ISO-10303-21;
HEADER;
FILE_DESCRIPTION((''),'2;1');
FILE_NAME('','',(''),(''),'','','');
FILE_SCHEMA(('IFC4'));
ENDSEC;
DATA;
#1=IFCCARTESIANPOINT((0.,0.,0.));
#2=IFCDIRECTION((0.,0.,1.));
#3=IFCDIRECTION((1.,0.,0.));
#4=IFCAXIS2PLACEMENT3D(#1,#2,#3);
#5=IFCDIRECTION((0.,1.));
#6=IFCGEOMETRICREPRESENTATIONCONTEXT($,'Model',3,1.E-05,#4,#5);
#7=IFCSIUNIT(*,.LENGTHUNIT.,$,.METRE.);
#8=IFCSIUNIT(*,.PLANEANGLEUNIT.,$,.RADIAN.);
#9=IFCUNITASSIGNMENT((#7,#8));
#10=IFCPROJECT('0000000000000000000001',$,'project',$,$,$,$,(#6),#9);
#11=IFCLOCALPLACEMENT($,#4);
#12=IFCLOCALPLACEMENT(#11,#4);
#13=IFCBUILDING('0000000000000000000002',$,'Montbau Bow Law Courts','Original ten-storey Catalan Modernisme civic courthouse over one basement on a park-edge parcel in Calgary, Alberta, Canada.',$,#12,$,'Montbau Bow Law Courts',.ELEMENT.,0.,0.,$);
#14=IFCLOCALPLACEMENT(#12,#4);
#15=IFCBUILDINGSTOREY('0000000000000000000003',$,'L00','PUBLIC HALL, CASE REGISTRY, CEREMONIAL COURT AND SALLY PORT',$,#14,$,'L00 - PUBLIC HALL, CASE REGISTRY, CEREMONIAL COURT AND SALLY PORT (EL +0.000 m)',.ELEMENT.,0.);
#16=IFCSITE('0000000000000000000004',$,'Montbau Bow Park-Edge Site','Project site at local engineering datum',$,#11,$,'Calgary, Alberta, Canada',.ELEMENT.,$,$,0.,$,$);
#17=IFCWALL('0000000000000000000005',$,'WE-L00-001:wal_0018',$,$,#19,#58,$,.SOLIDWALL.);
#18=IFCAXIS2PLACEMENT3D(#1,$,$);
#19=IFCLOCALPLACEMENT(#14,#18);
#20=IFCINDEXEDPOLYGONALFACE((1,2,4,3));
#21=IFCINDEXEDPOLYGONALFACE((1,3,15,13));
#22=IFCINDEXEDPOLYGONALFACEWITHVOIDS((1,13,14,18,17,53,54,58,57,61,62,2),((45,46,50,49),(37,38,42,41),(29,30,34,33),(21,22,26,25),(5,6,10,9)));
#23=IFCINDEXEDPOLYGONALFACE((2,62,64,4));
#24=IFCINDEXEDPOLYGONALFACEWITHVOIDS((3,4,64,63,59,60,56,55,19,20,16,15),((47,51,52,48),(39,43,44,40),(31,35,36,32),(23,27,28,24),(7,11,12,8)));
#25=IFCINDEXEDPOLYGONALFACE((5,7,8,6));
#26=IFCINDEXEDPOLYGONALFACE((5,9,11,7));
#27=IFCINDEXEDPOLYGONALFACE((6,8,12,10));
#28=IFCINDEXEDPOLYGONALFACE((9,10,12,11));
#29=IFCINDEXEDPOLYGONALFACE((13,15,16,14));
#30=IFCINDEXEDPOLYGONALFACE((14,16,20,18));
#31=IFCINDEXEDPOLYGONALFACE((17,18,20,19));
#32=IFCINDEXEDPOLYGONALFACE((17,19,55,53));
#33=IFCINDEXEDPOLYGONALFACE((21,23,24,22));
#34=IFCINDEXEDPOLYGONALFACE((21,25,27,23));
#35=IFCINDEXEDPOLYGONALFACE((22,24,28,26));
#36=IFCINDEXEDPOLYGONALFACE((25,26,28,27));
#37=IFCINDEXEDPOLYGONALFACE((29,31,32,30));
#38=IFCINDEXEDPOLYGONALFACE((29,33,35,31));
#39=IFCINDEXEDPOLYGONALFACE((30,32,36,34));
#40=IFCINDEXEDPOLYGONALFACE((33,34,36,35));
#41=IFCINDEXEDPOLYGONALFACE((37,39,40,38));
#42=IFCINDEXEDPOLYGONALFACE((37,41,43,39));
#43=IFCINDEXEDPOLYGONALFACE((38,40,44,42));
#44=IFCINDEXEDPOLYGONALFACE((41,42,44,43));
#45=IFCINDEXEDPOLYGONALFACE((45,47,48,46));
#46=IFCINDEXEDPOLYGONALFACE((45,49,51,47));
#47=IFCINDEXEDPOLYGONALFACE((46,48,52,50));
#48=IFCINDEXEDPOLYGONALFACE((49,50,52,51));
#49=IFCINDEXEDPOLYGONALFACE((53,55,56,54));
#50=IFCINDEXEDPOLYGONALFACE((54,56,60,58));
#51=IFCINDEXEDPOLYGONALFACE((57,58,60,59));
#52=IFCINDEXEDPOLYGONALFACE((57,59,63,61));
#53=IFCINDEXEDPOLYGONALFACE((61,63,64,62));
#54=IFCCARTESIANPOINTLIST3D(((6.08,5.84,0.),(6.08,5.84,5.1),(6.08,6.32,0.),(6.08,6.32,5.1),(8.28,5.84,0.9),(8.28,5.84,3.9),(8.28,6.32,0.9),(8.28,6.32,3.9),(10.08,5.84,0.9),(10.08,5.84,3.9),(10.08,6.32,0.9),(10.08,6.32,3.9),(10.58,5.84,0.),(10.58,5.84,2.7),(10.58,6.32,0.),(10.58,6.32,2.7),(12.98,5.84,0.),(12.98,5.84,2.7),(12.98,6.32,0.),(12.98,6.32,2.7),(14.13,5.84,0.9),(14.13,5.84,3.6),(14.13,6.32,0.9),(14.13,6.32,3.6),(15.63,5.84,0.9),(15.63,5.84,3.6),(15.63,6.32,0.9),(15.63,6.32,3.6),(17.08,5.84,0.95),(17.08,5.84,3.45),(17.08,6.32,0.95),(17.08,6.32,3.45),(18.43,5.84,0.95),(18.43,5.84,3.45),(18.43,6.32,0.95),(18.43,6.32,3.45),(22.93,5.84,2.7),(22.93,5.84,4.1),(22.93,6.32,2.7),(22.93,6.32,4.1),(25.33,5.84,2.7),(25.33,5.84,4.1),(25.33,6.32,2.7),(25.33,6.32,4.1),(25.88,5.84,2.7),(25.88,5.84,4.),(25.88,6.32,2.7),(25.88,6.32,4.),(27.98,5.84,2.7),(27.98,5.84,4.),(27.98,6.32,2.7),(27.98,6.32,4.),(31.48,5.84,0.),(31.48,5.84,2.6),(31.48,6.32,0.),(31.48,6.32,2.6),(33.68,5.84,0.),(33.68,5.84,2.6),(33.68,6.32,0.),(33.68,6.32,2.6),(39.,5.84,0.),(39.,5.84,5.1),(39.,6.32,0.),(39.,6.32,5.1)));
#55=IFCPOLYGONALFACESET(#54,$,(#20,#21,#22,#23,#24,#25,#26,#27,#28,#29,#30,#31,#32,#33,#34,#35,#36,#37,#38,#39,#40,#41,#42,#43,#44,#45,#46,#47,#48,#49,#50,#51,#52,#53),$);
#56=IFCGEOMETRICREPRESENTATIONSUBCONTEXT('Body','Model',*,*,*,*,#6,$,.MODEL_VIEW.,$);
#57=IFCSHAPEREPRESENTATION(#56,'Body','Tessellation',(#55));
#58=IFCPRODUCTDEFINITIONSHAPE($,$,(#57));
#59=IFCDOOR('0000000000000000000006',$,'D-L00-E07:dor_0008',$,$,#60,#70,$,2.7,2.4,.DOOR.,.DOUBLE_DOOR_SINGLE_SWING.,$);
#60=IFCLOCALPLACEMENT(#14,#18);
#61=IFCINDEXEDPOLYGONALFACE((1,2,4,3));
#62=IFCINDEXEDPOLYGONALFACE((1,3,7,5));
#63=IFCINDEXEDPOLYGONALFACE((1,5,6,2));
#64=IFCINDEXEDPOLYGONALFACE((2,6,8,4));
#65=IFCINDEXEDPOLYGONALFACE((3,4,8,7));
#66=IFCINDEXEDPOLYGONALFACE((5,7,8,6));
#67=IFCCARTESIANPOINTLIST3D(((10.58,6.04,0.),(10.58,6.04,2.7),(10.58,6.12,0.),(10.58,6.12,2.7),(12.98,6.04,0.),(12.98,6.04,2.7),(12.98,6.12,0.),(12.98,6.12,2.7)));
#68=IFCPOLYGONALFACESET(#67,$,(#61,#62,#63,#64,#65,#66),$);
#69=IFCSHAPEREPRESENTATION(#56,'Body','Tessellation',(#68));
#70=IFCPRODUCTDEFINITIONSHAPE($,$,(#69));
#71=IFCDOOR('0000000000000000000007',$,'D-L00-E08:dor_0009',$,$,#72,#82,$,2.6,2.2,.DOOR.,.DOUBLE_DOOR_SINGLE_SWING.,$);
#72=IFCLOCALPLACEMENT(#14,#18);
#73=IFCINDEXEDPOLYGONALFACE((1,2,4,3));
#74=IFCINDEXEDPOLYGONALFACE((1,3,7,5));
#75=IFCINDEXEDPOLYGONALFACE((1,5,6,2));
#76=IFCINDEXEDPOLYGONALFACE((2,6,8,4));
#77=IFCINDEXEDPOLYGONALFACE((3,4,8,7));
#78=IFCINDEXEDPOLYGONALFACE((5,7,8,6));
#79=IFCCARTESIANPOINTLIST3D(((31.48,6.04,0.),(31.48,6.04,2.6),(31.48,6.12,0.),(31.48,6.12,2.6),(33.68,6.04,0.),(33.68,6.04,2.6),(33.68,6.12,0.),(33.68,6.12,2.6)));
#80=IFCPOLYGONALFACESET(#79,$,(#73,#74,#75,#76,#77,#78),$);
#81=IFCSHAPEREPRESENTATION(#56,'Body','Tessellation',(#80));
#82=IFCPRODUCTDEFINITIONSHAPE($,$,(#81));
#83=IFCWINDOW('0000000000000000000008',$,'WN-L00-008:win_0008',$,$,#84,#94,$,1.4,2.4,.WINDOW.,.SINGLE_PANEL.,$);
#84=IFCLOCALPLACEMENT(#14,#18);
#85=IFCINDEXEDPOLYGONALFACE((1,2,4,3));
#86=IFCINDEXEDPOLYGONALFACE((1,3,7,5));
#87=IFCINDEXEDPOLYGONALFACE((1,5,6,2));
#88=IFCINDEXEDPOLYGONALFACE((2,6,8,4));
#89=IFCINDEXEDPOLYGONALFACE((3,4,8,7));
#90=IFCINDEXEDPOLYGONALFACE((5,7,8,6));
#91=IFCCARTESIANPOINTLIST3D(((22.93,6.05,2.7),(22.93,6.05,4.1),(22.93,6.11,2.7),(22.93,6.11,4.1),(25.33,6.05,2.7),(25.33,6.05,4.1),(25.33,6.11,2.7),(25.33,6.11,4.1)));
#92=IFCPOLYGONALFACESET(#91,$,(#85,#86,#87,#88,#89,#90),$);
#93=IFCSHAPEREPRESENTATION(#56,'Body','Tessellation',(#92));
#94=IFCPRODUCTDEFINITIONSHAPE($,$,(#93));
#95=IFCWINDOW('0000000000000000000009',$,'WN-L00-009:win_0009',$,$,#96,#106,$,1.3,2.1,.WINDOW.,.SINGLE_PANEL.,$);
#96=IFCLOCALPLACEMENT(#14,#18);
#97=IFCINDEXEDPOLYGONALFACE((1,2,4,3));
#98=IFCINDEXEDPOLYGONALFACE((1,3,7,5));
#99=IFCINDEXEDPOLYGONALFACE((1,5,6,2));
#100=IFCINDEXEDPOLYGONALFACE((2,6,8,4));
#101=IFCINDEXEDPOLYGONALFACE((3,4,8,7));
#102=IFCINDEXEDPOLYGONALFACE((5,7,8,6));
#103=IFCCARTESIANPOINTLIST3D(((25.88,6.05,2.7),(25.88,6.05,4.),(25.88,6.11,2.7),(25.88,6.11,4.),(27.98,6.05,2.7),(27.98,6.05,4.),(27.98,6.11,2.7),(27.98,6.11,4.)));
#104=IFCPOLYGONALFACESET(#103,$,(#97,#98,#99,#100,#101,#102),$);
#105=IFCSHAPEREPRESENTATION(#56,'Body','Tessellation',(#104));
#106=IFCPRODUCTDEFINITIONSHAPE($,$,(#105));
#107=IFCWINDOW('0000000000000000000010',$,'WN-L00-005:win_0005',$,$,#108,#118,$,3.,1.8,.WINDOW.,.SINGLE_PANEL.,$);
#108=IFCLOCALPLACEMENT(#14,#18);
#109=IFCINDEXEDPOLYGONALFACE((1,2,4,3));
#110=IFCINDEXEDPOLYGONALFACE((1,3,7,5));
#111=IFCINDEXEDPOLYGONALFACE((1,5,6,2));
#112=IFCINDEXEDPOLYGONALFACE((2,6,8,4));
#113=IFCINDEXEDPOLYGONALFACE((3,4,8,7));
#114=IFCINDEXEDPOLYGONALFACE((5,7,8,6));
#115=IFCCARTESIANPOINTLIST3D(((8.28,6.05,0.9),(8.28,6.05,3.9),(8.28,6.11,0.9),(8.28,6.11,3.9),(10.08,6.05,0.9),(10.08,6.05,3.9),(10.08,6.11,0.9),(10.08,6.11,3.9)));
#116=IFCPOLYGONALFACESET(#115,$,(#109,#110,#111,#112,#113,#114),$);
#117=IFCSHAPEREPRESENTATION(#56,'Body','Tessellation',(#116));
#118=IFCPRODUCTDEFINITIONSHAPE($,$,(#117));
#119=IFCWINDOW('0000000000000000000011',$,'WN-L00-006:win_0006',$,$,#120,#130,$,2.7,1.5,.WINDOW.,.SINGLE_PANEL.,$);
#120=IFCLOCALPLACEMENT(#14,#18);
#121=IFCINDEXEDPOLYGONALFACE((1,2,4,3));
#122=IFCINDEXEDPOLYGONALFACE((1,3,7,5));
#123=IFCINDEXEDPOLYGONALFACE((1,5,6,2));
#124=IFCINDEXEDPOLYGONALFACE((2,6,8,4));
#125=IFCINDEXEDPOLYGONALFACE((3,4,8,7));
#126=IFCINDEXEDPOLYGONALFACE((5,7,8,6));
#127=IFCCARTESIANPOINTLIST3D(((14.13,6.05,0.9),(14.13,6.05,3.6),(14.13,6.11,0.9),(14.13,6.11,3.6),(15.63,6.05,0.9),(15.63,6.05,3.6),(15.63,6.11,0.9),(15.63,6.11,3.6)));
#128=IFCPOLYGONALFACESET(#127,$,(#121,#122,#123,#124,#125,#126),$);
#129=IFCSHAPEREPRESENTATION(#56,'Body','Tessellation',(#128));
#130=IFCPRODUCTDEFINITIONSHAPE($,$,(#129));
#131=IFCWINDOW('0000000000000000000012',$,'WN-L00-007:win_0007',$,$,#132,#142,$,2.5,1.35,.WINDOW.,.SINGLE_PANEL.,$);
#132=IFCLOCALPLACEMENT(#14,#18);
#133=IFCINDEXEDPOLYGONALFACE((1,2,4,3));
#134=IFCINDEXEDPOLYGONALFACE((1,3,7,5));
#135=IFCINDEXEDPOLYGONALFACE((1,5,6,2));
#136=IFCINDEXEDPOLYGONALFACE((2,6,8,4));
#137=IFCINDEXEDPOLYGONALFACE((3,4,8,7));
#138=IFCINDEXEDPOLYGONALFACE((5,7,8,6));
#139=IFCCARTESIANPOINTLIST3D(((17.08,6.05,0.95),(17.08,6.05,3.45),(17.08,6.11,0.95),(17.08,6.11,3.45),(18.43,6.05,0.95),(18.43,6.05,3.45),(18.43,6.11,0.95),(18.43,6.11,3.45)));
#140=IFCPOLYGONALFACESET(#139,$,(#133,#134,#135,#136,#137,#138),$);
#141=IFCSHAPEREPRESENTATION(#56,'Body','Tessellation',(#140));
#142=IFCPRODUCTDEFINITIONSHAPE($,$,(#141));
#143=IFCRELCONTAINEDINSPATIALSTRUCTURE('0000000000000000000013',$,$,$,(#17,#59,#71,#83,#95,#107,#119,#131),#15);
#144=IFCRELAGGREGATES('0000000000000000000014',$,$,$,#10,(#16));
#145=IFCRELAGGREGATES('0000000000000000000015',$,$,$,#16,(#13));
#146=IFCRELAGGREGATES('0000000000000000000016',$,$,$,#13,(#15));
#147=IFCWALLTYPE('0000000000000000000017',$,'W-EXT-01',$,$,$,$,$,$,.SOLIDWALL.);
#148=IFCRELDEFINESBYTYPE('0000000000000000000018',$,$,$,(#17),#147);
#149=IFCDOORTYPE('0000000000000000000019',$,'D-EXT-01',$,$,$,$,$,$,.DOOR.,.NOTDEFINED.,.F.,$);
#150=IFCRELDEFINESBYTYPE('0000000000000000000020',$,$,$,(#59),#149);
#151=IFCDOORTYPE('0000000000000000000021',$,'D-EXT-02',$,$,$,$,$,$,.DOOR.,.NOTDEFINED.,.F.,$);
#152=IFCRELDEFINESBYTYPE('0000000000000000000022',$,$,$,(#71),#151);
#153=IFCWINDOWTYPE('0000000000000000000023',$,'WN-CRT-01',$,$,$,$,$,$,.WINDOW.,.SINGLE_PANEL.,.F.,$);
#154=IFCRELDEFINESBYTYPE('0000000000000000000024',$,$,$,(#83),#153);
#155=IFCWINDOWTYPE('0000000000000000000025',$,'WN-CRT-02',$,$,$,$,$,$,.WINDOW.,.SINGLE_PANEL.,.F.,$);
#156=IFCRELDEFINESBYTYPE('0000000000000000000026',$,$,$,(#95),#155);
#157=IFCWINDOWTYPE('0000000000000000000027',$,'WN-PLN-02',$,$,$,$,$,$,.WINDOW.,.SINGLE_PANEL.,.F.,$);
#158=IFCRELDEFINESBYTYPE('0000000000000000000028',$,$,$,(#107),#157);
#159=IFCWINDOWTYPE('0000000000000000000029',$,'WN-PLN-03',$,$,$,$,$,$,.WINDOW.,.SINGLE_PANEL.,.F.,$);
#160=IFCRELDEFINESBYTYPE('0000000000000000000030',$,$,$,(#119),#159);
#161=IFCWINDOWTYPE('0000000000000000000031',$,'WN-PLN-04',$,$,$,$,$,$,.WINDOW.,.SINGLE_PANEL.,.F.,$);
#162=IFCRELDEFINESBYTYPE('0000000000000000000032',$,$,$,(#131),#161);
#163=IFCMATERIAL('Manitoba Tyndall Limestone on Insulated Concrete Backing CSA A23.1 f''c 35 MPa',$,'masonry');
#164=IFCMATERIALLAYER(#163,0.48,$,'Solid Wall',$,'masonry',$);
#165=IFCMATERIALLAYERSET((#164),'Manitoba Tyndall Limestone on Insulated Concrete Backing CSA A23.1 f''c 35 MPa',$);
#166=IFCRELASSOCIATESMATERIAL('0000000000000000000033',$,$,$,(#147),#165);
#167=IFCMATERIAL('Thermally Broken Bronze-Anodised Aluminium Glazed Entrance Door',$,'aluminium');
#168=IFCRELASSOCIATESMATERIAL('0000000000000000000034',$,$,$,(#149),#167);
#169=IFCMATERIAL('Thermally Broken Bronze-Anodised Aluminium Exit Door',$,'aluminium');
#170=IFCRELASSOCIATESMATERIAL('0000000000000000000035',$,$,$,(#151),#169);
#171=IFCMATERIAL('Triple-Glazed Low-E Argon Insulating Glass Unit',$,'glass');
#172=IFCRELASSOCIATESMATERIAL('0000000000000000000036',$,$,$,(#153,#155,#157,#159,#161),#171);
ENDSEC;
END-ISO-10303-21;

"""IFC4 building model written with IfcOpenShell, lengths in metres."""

from ifc_helpers import new_model, si_unit, direction, frame, frame_2d, origin_with_axes, place, context, subcontext, project, spatial, rectangle, extrude, material, layer, layer_set, type_object, element, fill, save


model = new_model("IFC4")

# Units and contexts
model_context = context("Model", 3, precision=1e-05, world=origin_with_axes(), true_north=direction((0.0, 1.0)))
body_context = subcontext(model_context, "Body", "Model", "MODEL_VIEW")
ifc_project = project(units=[si_unit("LENGTHUNIT", "METRE"), si_unit("PLANEANGLEUNIT", "RADIAN")], contexts=[model_context])

# Site, building, storey
site_placement = place(None, origin_with_axes())
site = spatial("IfcSite", under=ifc_project, at=site_placement, Name="Montbau Bow Park-Edge Site", Description="Project site at local engineering datum", LongName="Calgary, Alberta, Canada", CompositionType="ELEMENT", RefElevation=0.0)
building_placement = place(site_placement, origin_with_axes())
building = spatial("IfcBuilding", under=site, at=building_placement, Name="Montbau Bow Law Courts", Description="Original ten-storey Catalan Modernisme civic courthouse over one basement on a park-edge parcel in Calgary, Alberta, Canada.", LongName="Montbau Bow Law Courts", CompositionType="ELEMENT", ElevationOfRefHeight=0.0, ElevationOfTerrain=0.0)
storey_placement = place(building_placement, origin_with_axes())
storey = spatial("IfcBuildingStorey", under=building, at=storey_placement, Name="L00", Description="PUBLIC HALL, CASE REGISTRY, CEREMONIAL COURT AND SALLY PORT", LongName="L00 - PUBLIC HALL, CASE REGISTRY, CEREMONIAL COURT AND SALLY PORT (EL +0.000 m)", CompositionType="ELEMENT", Elevation=0.0)

# Wall, openings, doors, windows
ifc_material_1 = material(Name="Manitoba Tyndall Limestone on Insulated Concrete Backing CSA A23.1 f'c 35 MPa", Category="masonry")
ifc_layer_1 = layer(ifc_material_1, 0.48, Name="Solid Wall", Category="masonry")
ifc_layer_set_1 = layer_set([ifc_layer_1], Name="Manitoba Tyndall Limestone on Insulated Concrete Backing CSA A23.1 f'c 35 MPa")
wall_type_1 = type_object("IfcWallType", Name="W-EXT-01", PredefinedType="SOLIDWALL", material=ifc_layer_set_1)
wall_1_placement = place(None, frame((6.08, 6.08, 0.0), z_axis=(0.0, 0.0, 1.0), x_axis=(1.0, 0.0, 0.0)))
wall_1 = element("IfcWall", 1, at=wall_1_placement, inside=storey, type_object=wall_type_1, Name="WE-L00-001:wal_0018", PredefinedType="SOLIDWALL", context=body_context, shape_type="SweptSolid", body=[
    extrude(rectangle(XDim=32.92, YDim=0.48, at=frame_2d((16.46, 0.0), x_axis=(1.0, 0.0))), origin_with_axes(), (0.0, 0.0, 1.0), 5.1),
])
opening_1_placement = place(None, frame((11.78, 6.08, 0.0), z_axis=(0.0, 0.0, 1.0), x_axis=(1.0, 0.0, 0.0)))
opening_1 = element("IfcOpeningElement", 2, at=opening_1_placement, cuts=wall_1, PredefinedType="OPENING", context=body_context, shape_type="SweptSolid", body=[
    extrude(rectangle(XDim=2.4, YDim=2.7, at=frame_2d((0.0, 1.35), x_axis=(1.0, 0.0))), frame((0.0, 0.25, 0.0), z_axis=(0.0, -1.0, 0.0), x_axis=(1.0, 0.0, 0.0)), (0.0, 0.0, 1.0), 0.5),
])
opening_2_placement = place(None, frame((32.58, 6.08, 0.0), z_axis=(0.0, 0.0, 1.0), x_axis=(1.0, 0.0, 0.0)))
opening_2 = element("IfcOpeningElement", 3, at=opening_2_placement, cuts=wall_1, PredefinedType="OPENING", context=body_context, shape_type="SweptSolid", body=[
    extrude(rectangle(XDim=2.2, YDim=2.6, at=frame_2d((0.0, 1.3), x_axis=(1.0, 0.0))), frame((0.0, 0.25, 0.0), z_axis=(0.0, -1.0, 0.0), x_axis=(1.0, 0.0, 0.0)), (0.0, 0.0, 1.0), 0.5),
])
opening_3_placement = place(None, frame((9.18, 6.08, 0.9), z_axis=(0.0, 0.0, 1.0), x_axis=(1.0, 0.0, 0.0)))
opening_3 = element("IfcOpeningElement", 4, at=opening_3_placement, cuts=wall_1, PredefinedType="OPENING", context=body_context, shape_type="SweptSolid", body=[
    extrude(rectangle(XDim=1.8, YDim=3.0, at=frame_2d((0.0, 1.5), x_axis=(1.0, 0.0))), frame((0.0, 0.25, 0.0), z_axis=(0.0, -1.0, 0.0), x_axis=(1.0, 0.0, 0.0)), (0.0, 0.0, 1.0), 0.5),
])
opening_4_placement = place(None, frame((14.88, 6.08, 0.9), z_axis=(0.0, 0.0, 1.0), x_axis=(1.0, 0.0, 0.0)))
opening_4 = element("IfcOpeningElement", 5, at=opening_4_placement, cuts=wall_1, PredefinedType="OPENING", context=body_context, shape_type="SweptSolid", body=[
    extrude(rectangle(XDim=1.5, YDim=2.7, at=frame_2d((0.0, 1.35), x_axis=(1.0, 0.0))), frame((0.0, 0.25, 0.0), z_axis=(0.0, -1.0, 0.0), x_axis=(1.0, 0.0, 0.0)), (0.0, 0.0, 1.0), 0.5),
])
opening_5_placement = place(None, frame((17.755, 6.08, 0.95), z_axis=(0.0, 0.0, 1.0), x_axis=(1.0, 0.0, 0.0)))
opening_5 = element("IfcOpeningElement", 6, at=opening_5_placement, cuts=wall_1, PredefinedType="OPENING", context=body_context, shape_type="SweptSolid", body=[
    extrude(rectangle(XDim=1.35, YDim=2.5, at=frame_2d((0.0, 1.25), x_axis=(1.0, 0.0))), frame((0.0, 0.25, 0.0), z_axis=(0.0, -1.0, 0.0), x_axis=(1.0, 0.0, 0.0)), (0.0, 0.0, 1.0), 0.5),
])
opening_6_placement = place(None, frame((24.13, 6.08, 2.7), z_axis=(0.0, 0.0, 1.0), x_axis=(1.0, 0.0, 0.0)))
opening_6 = element("IfcOpeningElement", 7, at=opening_6_placement, cuts=wall_1, PredefinedType="OPENING", context=body_context, shape_type="SweptSolid", body=[
    extrude(rectangle(XDim=2.4, YDim=1.4, at=frame_2d((0.0, 0.7), x_axis=(1.0, 0.0))), frame((0.0, 0.25, 0.0), z_axis=(0.0, -1.0, 0.0), x_axis=(1.0, 0.0, 0.0)), (0.0, 0.0, 1.0), 0.5),
])
opening_7_placement = place(None, frame((26.93, 6.08, 2.7), z_axis=(0.0, 0.0, 1.0), x_axis=(1.0, 0.0, 0.0)))
opening_7 = element("IfcOpeningElement", 8, at=opening_7_placement, cuts=wall_1, PredefinedType="OPENING", context=body_context, shape_type="SweptSolid", body=[
    extrude(rectangle(XDim=2.1, YDim=1.3, at=frame_2d((0.0, 0.65), x_axis=(1.0, 0.0))), frame((0.0, 0.25, 0.0), z_axis=(0.0, -1.0, 0.0), x_axis=(1.0, 0.0, 0.0)), (0.0, 0.0, 1.0), 0.5),
])
ifc_material_2 = material(Name="Thermally Broken Bronze-Anodised Aluminium Glazed Entrance Door", Category="aluminium")
door_type_1 = type_object("IfcDoorType", Name="D-EXT-01", OperationType="NOTDEFINED", ParameterTakesPrecedence=False, PredefinedType="DOOR", material=ifc_material_2)
door_1_placement = place(None, frame((11.78, 6.08, 0.0), z_axis=(0.0, 0.0, 1.0), x_axis=(-1.0, 0.0, 0.0)))
door_1 = element("IfcDoor", 9, at=door_1_placement, inside=storey, type_object=door_type_1, Name="D-L00-E07:dor_0008", OperationType="DOUBLE_DOOR_SINGLE_SWING", OverallHeight=2.7, OverallWidth=2.4, PredefinedType="DOOR", context=body_context, shape_type="SweptSolid", body=[
    extrude(rectangle(XDim=2.4, YDim=2.7, at=frame_2d((0.0, 1.35), x_axis=(1.0, 0.0))), frame((0.0, 0.04, 0.0), z_axis=(0.0, -1.0, 0.0), x_axis=(1.0, 0.0, 0.0)), (0.0, 0.0, 1.0), 0.08),
])
fill(opening_1, door_1)
ifc_material_3 = material(Name="Thermally Broken Bronze-Anodised Aluminium Exit Door", Category="aluminium")
door_type_2 = type_object("IfcDoorType", Name="D-EXT-02", OperationType="NOTDEFINED", ParameterTakesPrecedence=False, PredefinedType="DOOR", material=ifc_material_3)
door_2_placement = place(None, frame((32.58, 6.08, 0.0), z_axis=(0.0, 0.0, 1.0), x_axis=(-1.0, 0.0, 0.0)))
door_2 = element("IfcDoor", 10, at=door_2_placement, inside=storey, type_object=door_type_2, Name="D-L00-E08:dor_0009", OperationType="DOUBLE_DOOR_SINGLE_SWING", OverallHeight=2.6, OverallWidth=2.2, PredefinedType="DOOR", context=body_context, shape_type="SweptSolid", body=[
    extrude(rectangle(XDim=2.2, YDim=2.6, at=frame_2d((0.0, 1.3), x_axis=(1.0, 0.0))), frame((0.0, 0.04, 0.0), z_axis=(0.0, -1.0, 0.0), x_axis=(1.0, 0.0, 0.0)), (0.0, 0.0, 1.0), 0.08),
])
fill(opening_2, door_2)
ifc_material_4 = material(Name="Triple-Glazed Low-E Argon Insulating Glass Unit", Category="glass")
window_type_1 = type_object("IfcWindowType", Name="WN-CRT-01", ParameterTakesPrecedence=False, PartitioningType="SINGLE_PANEL", PredefinedType="WINDOW", material=ifc_material_4)
window_1_placement = place(None, frame((24.13, 6.08, 2.7), z_axis=(0.0, 0.0, 1.0), x_axis=(1.0, 0.0, 0.0)))
window_1 = element("IfcWindow", 11, at=window_1_placement, inside=storey, type_object=window_type_1, Name="WN-L00-008:win_0008", OverallHeight=1.4, OverallWidth=2.4, PartitioningType="SINGLE_PANEL", PredefinedType="WINDOW", context=body_context, shape_type="SweptSolid", body=[
    extrude(rectangle(XDim=2.4, YDim=1.4, at=frame_2d((0.0, 0.7), x_axis=(1.0, 0.0))), frame((0.0, 0.03, 0.0), z_axis=(0.0, -1.0, 0.0), x_axis=(1.0, 0.0, 0.0)), (0.0, 0.0, 1.0), 0.06),
])
fill(opening_6, window_1)
window_type_2 = type_object("IfcWindowType", Name="WN-CRT-02", ParameterTakesPrecedence=False, PartitioningType="SINGLE_PANEL", PredefinedType="WINDOW", material=ifc_material_4)
window_2_placement = place(None, frame((26.93, 6.08, 2.7), z_axis=(0.0, 0.0, 1.0), x_axis=(1.0, 0.0, 0.0)))
window_2 = element("IfcWindow", 12, at=window_2_placement, inside=storey, type_object=window_type_2, Name="WN-L00-009:win_0009", OverallHeight=1.3, OverallWidth=2.1, PartitioningType="SINGLE_PANEL", PredefinedType="WINDOW", context=body_context, shape_type="SweptSolid", body=[
    extrude(rectangle(XDim=2.1, YDim=1.3, at=frame_2d((0.0, 0.65), x_axis=(1.0, 0.0))), frame((0.0, 0.03, 0.0), z_axis=(0.0, -1.0, 0.0), x_axis=(1.0, 0.0, 0.0)), (0.0, 0.0, 1.0), 0.06),
])
fill(opening_7, window_2)
window_type_3 = type_object("IfcWindowType", Name="WN-PLN-02", ParameterTakesPrecedence=False, PartitioningType="SINGLE_PANEL", PredefinedType="WINDOW", material=ifc_material_4)
window_3_placement = place(None, frame((9.18, 6.08, 0.9), z_axis=(0.0, 0.0, 1.0), x_axis=(1.0, 0.0, 0.0)))
window_3 = element("IfcWindow", 13, at=window_3_placement, inside=storey, type_object=window_type_3, Name="WN-L00-005:win_0005", OverallHeight=3.0, OverallWidth=1.8, PartitioningType="SINGLE_PANEL", PredefinedType="WINDOW", context=body_context, shape_type="SweptSolid", body=[
    extrude(rectangle(XDim=1.8, YDim=3.0, at=frame_2d((0.0, 1.5), x_axis=(1.0, 0.0))), frame((0.0, 0.03, 0.0), z_axis=(0.0, -1.0, 0.0), x_axis=(1.0, 0.0, 0.0)), (0.0, 0.0, 1.0), 0.06),
])
fill(opening_3, window_3)
window_type_4 = type_object("IfcWindowType", Name="WN-PLN-03", ParameterTakesPrecedence=False, PartitioningType="SINGLE_PANEL", PredefinedType="WINDOW", material=ifc_material_4)
window_4_placement = place(None, frame((14.88, 6.08, 0.9), z_axis=(0.0, 0.0, 1.0), x_axis=(1.0, 0.0, 0.0)))
window_4 = element("IfcWindow", 14, at=window_4_placement, inside=storey, type_object=window_type_4, Name="WN-L00-006:win_0006", OverallHeight=2.7, OverallWidth=1.5, PartitioningType="SINGLE_PANEL", PredefinedType="WINDOW", context=body_context, shape_type="SweptSolid", body=[
    extrude(rectangle(XDim=1.5, YDim=2.7, at=frame_2d((0.0, 1.35), x_axis=(1.0, 0.0))), frame((0.0, 0.03, 0.0), z_axis=(0.0, -1.0, 0.0), x_axis=(1.0, 0.0, 0.0)), (0.0, 0.0, 1.0), 0.06),
])
fill(opening_4, window_4)
window_type_5 = type_object("IfcWindowType", Name="WN-PLN-04", ParameterTakesPrecedence=False, PartitioningType="SINGLE_PANEL", PredefinedType="WINDOW", material=ifc_material_4)
window_5_placement = place(None, frame((17.755, 6.08, 0.95), z_axis=(0.0, 0.0, 1.0), x_axis=(1.0, 0.0, 0.0)))
window_5 = element("IfcWindow", 15, at=window_5_placement, inside=storey, type_object=window_type_5, Name="WN-L00-007:win_0007", OverallHeight=2.5, OverallWidth=1.35, PartitioningType="SINGLE_PANEL", PredefinedType="WINDOW", context=body_context, shape_type="SweptSolid", body=[
    extrude(rectangle(XDim=1.35, YDim=2.5, at=frame_2d((0.0, 1.25), x_axis=(1.0, 0.0))), frame((0.0, 0.03, 0.0), z_axis=(0.0, -1.0, 0.0), x_axis=(1.0, 0.0, 0.0)), (0.0, 0.0, 1.0), 0.06),
])
fill(opening_5, window_5)

save(model, "model.ifc")
